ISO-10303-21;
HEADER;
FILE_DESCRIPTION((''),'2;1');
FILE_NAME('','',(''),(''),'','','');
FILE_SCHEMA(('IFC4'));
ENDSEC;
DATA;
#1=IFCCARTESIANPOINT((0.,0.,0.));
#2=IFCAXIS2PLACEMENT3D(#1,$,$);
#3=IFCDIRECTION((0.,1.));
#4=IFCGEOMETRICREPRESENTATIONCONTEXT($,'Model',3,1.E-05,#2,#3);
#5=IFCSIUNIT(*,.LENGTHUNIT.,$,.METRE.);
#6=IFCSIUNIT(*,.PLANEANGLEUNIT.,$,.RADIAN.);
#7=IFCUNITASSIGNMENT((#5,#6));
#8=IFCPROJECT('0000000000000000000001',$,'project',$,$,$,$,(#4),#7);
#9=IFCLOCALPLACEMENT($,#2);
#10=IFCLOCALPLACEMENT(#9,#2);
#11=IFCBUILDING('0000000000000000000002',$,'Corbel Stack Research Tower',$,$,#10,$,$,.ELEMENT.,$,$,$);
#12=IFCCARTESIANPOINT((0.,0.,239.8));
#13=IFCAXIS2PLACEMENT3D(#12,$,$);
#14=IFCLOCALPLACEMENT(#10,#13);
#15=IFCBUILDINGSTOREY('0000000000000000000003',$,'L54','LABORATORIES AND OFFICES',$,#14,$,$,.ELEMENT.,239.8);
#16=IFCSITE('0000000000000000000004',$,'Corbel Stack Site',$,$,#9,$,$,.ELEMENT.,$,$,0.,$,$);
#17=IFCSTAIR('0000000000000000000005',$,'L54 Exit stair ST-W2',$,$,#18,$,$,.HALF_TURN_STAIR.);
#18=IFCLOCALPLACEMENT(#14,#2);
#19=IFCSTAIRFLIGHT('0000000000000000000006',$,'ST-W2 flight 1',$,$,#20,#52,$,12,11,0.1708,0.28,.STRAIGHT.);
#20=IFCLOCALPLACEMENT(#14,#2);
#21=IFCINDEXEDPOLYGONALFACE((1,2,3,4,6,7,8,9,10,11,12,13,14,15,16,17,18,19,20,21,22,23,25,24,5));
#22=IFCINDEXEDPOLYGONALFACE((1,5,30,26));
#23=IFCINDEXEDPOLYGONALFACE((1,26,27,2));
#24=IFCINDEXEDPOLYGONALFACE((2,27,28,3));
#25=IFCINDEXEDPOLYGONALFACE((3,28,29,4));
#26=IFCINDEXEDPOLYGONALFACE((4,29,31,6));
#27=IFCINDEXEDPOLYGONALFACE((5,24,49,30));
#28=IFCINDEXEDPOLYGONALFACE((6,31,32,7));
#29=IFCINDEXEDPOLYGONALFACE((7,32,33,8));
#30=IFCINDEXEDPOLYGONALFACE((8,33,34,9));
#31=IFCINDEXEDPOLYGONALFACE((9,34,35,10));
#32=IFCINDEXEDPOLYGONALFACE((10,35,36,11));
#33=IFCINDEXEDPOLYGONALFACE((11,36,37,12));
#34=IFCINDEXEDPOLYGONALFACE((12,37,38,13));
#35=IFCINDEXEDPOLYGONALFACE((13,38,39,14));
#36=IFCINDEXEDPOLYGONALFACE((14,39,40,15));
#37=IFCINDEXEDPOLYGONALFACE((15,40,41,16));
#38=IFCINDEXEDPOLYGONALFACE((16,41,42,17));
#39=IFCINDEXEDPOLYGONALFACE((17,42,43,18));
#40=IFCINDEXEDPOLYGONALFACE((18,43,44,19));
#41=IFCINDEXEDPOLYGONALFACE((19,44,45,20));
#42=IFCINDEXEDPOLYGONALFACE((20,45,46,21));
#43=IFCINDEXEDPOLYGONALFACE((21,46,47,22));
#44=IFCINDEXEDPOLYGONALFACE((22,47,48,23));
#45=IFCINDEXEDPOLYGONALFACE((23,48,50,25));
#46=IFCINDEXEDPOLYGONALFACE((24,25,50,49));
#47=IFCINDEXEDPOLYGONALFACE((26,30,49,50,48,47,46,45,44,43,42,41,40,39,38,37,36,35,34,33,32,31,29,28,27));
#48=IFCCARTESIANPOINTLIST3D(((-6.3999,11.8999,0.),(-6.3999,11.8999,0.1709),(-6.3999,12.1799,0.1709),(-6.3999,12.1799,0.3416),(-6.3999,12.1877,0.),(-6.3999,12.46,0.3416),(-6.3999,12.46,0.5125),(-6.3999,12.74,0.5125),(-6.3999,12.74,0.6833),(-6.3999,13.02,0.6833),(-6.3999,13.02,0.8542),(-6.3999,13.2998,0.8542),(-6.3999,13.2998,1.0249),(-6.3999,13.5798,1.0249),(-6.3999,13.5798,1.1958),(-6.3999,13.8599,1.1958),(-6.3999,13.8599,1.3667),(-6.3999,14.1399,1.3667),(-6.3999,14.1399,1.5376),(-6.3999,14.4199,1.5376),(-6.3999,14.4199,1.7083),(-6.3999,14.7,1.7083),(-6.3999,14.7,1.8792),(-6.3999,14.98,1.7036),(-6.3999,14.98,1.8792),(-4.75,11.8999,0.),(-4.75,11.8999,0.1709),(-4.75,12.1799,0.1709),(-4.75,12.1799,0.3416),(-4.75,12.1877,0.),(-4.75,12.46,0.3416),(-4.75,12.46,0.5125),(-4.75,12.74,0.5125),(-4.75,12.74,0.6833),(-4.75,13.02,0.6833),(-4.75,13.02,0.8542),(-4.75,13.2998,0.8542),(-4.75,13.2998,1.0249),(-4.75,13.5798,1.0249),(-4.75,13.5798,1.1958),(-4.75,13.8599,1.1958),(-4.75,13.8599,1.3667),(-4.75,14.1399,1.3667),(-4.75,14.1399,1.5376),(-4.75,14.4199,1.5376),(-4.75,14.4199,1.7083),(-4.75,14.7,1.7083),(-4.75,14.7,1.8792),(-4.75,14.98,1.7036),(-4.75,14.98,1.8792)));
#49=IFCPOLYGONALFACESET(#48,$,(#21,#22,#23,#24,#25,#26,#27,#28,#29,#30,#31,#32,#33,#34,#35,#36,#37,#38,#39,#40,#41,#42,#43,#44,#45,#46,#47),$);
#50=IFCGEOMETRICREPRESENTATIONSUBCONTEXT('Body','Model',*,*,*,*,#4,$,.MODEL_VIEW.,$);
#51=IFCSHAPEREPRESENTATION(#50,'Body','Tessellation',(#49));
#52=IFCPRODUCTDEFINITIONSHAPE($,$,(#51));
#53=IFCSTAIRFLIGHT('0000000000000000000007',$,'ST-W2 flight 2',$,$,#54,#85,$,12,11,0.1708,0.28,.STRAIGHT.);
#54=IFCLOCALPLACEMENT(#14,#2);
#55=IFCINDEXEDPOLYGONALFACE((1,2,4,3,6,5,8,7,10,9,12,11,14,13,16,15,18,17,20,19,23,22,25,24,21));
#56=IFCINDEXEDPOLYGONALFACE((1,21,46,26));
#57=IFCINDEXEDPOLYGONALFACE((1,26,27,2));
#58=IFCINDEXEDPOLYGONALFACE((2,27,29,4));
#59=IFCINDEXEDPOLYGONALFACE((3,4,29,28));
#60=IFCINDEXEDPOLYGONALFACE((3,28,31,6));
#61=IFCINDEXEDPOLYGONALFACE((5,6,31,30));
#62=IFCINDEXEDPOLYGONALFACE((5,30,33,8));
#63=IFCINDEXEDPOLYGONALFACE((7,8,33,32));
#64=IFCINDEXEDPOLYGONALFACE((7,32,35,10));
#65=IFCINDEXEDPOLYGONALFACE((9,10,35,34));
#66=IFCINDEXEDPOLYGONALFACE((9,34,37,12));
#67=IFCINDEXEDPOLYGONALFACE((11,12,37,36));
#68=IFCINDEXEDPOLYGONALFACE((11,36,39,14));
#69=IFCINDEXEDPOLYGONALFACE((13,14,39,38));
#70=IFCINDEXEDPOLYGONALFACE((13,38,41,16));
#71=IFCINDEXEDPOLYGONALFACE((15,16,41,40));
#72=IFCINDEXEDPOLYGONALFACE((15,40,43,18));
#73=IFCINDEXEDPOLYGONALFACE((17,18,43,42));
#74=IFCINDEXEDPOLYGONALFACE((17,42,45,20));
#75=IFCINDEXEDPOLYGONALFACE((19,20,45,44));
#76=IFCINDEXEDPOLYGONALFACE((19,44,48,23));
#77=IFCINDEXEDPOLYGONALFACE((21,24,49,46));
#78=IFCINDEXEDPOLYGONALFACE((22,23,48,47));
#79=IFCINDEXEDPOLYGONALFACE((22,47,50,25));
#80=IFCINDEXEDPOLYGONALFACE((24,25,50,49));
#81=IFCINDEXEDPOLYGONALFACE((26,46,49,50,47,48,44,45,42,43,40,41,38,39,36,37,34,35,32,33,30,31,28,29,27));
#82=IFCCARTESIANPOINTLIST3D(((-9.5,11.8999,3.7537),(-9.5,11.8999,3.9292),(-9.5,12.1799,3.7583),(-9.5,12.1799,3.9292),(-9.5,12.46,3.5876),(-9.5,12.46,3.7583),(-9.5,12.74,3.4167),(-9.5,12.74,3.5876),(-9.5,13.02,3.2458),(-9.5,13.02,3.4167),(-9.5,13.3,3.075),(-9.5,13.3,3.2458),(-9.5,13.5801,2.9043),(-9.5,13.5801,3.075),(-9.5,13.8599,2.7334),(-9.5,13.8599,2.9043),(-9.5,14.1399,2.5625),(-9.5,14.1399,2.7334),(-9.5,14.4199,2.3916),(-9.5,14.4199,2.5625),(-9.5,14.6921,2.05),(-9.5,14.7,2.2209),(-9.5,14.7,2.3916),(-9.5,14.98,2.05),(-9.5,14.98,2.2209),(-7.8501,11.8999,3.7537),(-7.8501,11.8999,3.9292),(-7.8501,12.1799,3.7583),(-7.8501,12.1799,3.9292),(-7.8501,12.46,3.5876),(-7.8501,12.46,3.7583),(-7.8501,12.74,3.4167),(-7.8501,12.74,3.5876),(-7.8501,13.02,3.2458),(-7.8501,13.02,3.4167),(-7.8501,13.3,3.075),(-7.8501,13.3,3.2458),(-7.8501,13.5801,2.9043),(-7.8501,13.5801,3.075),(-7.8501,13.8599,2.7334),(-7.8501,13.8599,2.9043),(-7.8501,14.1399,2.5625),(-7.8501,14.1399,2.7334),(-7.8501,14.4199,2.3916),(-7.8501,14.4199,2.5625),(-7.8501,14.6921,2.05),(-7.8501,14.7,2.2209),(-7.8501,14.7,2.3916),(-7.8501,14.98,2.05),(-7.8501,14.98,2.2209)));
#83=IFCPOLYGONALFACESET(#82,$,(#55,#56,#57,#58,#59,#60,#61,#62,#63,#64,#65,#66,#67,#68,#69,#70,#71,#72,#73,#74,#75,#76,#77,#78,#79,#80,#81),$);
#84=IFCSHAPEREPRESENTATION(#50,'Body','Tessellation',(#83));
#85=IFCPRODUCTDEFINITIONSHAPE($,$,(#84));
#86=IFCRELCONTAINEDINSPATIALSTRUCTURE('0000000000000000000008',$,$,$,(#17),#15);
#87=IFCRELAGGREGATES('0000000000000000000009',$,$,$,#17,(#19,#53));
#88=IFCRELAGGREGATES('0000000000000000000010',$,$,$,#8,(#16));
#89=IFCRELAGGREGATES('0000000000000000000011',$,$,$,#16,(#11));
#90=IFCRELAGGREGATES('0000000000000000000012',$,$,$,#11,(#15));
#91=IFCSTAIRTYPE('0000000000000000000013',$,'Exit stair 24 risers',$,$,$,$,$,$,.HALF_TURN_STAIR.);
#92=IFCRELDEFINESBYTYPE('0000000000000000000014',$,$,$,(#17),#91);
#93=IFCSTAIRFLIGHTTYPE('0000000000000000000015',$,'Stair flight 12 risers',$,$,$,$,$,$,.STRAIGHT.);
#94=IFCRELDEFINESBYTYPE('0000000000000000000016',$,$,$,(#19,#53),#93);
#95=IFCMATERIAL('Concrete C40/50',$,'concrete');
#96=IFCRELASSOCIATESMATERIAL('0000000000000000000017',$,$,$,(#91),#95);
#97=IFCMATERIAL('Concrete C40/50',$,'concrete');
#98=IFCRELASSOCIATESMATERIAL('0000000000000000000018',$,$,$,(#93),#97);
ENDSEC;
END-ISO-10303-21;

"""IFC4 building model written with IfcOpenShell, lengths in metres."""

from ifc_helpers import new_model, si_unit, direction, frame, origin, place, context, subcontext, project, spatial, polyline, outline, extrude, material, type_object, element, aggregate, save


model = new_model("IFC4")

# Units and contexts
model_context = context("Model", 3, precision=1e-05, world=origin(), true_north=direction((0.0, 1.0)))
body_context = subcontext(model_context, "Body", "Model", "MODEL_VIEW")
ifc_project = project(units=[si_unit("LENGTHUNIT", "METRE"), si_unit("PLANEANGLEUNIT", "RADIAN")], contexts=[model_context])

# Site, building, storey
site_placement = place(None, origin())
site = spatial("IfcSite", under=ifc_project, at=site_placement, Name="Corbel Stack Site", CompositionType="ELEMENT", RefElevation=0.0)
building_placement = place(site_placement, origin())
building = spatial("IfcBuilding", under=site, at=building_placement, Name="Corbel Stack Research Tower", CompositionType="ELEMENT")
storey_placement = place(building_placement, frame((0.0, 0.0, 239.8)))
storey = spatial("IfcBuildingStorey", under=building, at=storey_placement, Name="L54", Description="LABORATORIES AND OFFICES", CompositionType="ELEMENT", Elevation=239.8)

# Shared definitions
ifc_material_1 = material(Name="Concrete C40/50", Category="concrete")
stair_type = type_object("IfcStairType", Name="Exit stair 24 risers", PredefinedType="HALF_TURN_STAIR", material=ifc_material_1)

# Stair, stair flights
stair_1_placement = place(storey_placement, origin())
stair_1 = element("IfcStair", 1, at=stair_1_placement, inside=storey, type_object=stair_type, Name="L54 Exit stair ST-W2", PredefinedType="HALF_TURN_STAIR")
ifc_material_2 = material(Name="Concrete C40/50", Category="concrete")
stair_flight_type = type_object("IfcStairFlightType", Name="Stair flight 12 risers", PredefinedType="STRAIGHT", material=ifc_material_2)
stair_flight_1_placement = place(storey_placement, frame((-5.575, 11.8999, 0.0), z_axis=(0.0, 0.0, 1.0), x_axis=(0.0, 1.0, 0.0)))
stair_flight_1 = element("IfcStairFlight", 2, at=stair_flight_1_placement, type_object=stair_flight_type, Name="ST-W2 flight 1", NumberOfRisers=12, NumberOfTreads=11, PredefinedType="STRAIGHT", RiserHeight=0.1708, TreadLength=0.28, context=body_context, shape_type="SweptSolid", body=[
    extrude(outline(polyline([(0.0, 0.0), (0.0, 0.1709), (0.28, 0.1709), (0.28, 0.3416), (0.5601, 0.3416), (0.5601, 0.5125), (0.8401, 0.5125), (0.8401, 0.6833), (1.1201, 0.6833), (1.1201, 0.8542), (1.3999, 0.8542), (1.3999, 1.0249), (1.6799, 1.0249), (1.6799, 1.1958), (1.96, 1.1958), (1.96, 1.3667), (2.24, 1.3667), (2.24, 1.5376), (2.52, 1.5376), (2.52, 1.7083), (2.8, 1.7083), (2.8, 1.8792), (3.0801, 1.8792), (3.0801, 2.05), (3.0801, 1.7036), (0.2878, 0.0), (0.0, 0.0)])), frame((0.0, 0.825, 0.0), z_axis=(0.0, -1.0, 0.0), x_axis=(1.0, 0.0, 0.0)), (0.0, 0.0, 1.0), 1.6499),
])
stair_flight_2_placement = place(storey_placement, frame((-8.675, 14.98, 2.05), z_axis=(0.0, 0.0, 1.0), x_axis=(0.0, -1.0, 0.0)))
stair_flight_2 = element("IfcStairFlight", 3, at=stair_flight_2_placement, type_object=stair_flight_type, Name="ST-W2 flight 2", NumberOfRisers=12, NumberOfTreads=11, PredefinedType="STRAIGHT", RiserHeight=0.1708, TreadLength=0.28, context=body_context, shape_type="SweptSolid", body=[
    extrude(outline(polyline([(0.0, 0.0), (0.0, 0.1709), (0.28, 0.1709), (0.28, 0.3416), (0.5601, 0.3416), (0.5601, 0.5125), (0.8401, 0.5125), (0.8401, 0.6833), (1.1201, 0.6833), (1.1201, 0.8542), (1.3999, 0.8542), (1.3999, 1.0249), (1.6799, 1.0249), (1.6799, 1.1958), (1.96, 1.1958), (1.96, 1.3667), (2.24, 1.3667), (2.24, 1.5376), (2.52, 1.5376), (2.52, 1.7083), (2.8, 1.7083), (2.8, 1.8792), (3.0801, 1.8792), (3.0801, 2.05), (3.0801, 1.7036), (0.2878, 0.0), (0.0, 0.0)])), frame((0.0, 0.825, 0.0), z_axis=(0.0, -1.0, 0.0), x_axis=(1.0, 0.0, 0.0)), (0.0, 0.0, 1.0), 1.6499),
])
aggregate(stair_1, [stair_flight_1, stair_flight_2])

save(model, "model.ifc")
